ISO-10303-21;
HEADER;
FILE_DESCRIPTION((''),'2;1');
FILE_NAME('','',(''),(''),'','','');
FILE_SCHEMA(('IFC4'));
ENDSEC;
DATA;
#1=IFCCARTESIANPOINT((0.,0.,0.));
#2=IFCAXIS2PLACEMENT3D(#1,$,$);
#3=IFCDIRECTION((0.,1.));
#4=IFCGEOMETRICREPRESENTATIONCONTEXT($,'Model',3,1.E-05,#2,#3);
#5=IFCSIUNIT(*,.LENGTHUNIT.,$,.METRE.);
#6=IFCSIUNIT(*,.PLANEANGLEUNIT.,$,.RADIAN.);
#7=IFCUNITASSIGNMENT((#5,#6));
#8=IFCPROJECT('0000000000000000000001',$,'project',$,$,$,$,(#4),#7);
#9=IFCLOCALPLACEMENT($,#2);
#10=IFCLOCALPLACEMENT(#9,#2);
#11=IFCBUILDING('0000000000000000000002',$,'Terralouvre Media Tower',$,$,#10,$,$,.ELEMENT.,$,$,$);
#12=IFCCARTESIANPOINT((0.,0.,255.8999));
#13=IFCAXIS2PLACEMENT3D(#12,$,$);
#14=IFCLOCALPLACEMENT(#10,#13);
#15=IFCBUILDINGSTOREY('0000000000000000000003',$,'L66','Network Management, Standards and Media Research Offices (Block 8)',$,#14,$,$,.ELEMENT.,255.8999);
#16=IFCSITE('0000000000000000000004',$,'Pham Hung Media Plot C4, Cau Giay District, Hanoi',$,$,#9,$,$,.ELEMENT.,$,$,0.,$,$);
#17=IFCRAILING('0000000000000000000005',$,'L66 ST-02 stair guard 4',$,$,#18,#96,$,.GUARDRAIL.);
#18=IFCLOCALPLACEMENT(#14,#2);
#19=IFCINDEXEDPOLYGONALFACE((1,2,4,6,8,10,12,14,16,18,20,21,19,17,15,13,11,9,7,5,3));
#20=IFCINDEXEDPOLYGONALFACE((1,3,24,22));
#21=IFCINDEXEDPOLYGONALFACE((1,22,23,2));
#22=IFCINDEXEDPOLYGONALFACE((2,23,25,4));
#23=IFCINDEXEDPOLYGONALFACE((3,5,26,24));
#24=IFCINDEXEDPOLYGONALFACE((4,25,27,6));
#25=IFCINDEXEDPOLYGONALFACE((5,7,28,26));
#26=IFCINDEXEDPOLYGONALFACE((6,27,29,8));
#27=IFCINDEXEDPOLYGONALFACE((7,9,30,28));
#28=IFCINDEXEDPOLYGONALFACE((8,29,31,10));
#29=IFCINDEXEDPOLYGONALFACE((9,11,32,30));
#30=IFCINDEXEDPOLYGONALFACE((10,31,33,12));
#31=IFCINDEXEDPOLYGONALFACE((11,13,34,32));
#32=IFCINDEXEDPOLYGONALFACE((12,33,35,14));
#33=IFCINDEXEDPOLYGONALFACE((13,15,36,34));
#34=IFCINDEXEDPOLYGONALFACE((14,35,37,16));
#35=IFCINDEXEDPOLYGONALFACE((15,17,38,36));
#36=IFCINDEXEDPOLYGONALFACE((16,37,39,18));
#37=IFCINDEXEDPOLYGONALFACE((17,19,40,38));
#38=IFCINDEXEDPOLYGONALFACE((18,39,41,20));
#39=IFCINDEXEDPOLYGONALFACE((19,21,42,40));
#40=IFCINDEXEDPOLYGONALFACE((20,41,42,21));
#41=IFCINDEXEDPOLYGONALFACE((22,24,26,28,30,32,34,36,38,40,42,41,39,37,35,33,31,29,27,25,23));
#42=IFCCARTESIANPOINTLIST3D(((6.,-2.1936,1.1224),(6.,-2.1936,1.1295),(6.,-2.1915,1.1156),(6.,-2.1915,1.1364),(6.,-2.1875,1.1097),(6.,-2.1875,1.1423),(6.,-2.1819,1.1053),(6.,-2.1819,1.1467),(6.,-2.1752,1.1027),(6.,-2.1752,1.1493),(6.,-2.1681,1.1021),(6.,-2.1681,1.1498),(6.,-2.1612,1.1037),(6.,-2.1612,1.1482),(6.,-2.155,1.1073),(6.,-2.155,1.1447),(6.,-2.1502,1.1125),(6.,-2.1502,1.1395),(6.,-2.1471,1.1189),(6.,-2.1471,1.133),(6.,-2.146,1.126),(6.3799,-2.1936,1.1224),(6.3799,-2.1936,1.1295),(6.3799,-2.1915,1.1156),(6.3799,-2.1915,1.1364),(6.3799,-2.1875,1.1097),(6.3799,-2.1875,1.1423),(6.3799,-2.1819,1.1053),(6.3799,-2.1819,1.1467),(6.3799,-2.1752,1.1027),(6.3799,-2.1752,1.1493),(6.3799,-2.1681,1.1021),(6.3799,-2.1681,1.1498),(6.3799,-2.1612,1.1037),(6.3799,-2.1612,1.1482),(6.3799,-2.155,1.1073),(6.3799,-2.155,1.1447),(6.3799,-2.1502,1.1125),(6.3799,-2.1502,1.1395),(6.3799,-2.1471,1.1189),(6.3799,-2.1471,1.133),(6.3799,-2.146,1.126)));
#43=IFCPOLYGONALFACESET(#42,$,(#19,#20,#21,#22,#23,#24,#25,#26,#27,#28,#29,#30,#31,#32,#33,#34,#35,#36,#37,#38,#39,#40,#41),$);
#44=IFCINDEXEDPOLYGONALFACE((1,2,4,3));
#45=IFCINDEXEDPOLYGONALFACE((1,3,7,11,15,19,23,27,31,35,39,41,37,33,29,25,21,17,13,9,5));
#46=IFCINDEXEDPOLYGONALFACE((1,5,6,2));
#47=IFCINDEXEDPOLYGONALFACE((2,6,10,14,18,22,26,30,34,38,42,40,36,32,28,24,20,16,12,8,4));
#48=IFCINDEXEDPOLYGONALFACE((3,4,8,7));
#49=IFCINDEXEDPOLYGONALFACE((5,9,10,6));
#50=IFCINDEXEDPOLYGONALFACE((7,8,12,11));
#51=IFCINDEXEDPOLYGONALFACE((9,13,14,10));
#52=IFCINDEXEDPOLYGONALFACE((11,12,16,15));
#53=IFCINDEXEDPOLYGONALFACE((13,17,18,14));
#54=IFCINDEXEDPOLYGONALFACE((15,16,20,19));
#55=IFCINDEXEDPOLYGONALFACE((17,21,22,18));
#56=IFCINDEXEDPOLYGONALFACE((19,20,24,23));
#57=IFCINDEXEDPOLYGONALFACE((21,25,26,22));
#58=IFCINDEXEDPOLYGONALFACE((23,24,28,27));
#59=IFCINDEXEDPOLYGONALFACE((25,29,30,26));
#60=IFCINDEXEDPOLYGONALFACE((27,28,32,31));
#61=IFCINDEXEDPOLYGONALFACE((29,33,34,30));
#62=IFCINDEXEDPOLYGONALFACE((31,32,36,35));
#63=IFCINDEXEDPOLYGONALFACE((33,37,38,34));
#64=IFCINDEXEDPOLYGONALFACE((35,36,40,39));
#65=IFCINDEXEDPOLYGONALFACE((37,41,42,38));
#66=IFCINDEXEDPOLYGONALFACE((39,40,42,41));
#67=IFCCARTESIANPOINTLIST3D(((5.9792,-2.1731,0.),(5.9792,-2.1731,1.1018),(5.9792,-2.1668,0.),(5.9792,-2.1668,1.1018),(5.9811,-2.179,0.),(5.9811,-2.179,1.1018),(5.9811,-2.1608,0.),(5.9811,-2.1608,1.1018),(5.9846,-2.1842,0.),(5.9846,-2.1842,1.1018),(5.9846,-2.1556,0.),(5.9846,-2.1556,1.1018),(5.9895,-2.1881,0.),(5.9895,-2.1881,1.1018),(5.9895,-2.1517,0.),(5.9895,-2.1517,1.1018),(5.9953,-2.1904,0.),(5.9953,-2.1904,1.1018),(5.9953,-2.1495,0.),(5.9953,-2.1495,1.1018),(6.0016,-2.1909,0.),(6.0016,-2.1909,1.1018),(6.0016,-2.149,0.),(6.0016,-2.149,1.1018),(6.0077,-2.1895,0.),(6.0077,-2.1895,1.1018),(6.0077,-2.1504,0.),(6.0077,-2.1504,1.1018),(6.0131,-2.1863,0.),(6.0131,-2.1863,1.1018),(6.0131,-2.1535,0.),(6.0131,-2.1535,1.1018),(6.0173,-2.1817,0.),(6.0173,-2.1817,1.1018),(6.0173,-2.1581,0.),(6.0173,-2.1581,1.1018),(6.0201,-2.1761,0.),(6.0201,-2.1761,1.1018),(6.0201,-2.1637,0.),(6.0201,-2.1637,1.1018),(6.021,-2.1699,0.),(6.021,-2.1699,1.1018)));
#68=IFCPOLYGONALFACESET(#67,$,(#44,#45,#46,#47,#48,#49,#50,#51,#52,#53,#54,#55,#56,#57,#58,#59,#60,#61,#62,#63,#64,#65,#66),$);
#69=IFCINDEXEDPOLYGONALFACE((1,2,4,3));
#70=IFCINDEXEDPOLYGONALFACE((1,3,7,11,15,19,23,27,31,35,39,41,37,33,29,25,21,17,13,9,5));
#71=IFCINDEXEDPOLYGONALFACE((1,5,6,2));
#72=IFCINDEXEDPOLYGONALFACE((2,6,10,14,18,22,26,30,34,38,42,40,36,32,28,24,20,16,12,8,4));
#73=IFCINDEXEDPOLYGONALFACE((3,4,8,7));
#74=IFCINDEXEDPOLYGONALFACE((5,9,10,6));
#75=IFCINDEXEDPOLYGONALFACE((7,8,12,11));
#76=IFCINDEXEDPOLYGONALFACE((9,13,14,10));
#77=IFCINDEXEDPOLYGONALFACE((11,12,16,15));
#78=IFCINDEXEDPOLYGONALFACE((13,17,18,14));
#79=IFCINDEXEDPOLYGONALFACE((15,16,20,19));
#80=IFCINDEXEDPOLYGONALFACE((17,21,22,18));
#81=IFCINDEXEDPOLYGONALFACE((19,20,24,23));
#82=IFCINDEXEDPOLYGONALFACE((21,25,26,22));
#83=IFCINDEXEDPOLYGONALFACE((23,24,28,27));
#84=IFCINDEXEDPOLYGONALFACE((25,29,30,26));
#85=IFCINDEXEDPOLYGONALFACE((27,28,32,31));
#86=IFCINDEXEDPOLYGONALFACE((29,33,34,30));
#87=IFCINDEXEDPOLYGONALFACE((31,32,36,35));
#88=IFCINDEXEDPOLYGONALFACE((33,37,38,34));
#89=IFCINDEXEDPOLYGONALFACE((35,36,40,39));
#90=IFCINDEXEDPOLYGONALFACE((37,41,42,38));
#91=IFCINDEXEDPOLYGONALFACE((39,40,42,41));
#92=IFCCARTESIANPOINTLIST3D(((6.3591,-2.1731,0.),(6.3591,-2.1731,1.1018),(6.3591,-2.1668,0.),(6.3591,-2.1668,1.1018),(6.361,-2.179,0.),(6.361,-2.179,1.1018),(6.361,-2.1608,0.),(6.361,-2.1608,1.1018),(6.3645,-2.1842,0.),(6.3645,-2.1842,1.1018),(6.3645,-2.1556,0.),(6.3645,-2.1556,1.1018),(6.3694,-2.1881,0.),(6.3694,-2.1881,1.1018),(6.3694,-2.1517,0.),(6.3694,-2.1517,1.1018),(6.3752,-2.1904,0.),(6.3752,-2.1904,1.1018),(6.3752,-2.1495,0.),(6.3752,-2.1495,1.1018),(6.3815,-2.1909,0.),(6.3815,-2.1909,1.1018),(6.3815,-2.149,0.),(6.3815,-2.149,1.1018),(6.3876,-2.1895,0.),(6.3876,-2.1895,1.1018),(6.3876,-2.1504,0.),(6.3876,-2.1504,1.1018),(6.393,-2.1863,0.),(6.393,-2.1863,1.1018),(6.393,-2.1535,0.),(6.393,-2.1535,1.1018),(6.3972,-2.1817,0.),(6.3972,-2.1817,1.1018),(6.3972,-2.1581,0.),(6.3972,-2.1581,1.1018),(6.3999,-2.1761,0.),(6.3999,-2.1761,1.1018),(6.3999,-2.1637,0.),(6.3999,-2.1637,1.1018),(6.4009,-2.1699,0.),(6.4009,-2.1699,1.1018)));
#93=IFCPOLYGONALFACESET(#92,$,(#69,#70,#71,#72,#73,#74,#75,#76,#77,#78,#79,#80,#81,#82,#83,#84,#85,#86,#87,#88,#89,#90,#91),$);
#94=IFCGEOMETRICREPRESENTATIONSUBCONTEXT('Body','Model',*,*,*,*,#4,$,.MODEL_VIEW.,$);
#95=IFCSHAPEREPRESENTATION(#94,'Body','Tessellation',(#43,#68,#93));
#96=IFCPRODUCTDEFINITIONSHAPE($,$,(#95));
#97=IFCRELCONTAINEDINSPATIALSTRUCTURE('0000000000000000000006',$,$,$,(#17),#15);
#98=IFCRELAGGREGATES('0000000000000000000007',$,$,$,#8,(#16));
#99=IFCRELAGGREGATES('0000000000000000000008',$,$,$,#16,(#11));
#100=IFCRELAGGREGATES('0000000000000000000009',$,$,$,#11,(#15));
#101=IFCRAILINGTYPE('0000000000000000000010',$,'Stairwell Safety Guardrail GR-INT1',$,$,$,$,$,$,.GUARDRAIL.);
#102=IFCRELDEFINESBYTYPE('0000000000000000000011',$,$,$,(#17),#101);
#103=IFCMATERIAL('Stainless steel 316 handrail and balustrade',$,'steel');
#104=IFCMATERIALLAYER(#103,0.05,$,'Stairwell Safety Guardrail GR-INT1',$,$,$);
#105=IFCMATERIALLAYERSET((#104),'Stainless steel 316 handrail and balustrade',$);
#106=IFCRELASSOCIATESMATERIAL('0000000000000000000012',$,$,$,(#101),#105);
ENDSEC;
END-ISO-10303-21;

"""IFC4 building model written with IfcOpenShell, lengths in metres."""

from ifc_helpers import new_model, si_unit, direction, frame, origin, origin_2d, place, context, subcontext, project, spatial, circle, extrude, material, layer, layer_set, type_object, element, save


model = new_model("IFC4")

# Units and contexts
model_context = context("Model", 3, precision=1e-05, world=origin(), true_north=direction((0.0, 1.0)))
body_context = subcontext(model_context, "Body", "Model", "MODEL_VIEW")
ifc_project = project(units=[si_unit("LENGTHUNIT", "METRE"), si_unit("PLANEANGLEUNIT", "RADIAN")], contexts=[model_context])

# Site, building, storey
site_placement = place(None, origin())
site = spatial("IfcSite", under=ifc_project, at=site_placement, Name="Pham Hung Media Plot C4, Cau Giay District, Hanoi", CompositionType="ELEMENT", RefElevation=0.0)
building_placement = place(site_placement, origin())
building = spatial("IfcBuilding", under=site, at=building_placement, Name="Terralouvre Media Tower", CompositionType="ELEMENT")
storey_placement = place(building_placement, frame((0.0, 0.0, 255.8999)))
storey = spatial("IfcBuildingStorey", under=building, at=storey_placement, Name="L66", Description="Network Management, Standards and Media Research Offices (Block 8)", CompositionType="ELEMENT", Elevation=255.8999)

# Railing
ifc_material_1 = material(Name="Stainless steel 316 handrail and balustrade", Category="steel")
ifc_layer_1 = layer(ifc_material_1, 0.05, Name="Stairwell Safety Guardrail GR-INT1")
ifc_layer_set_1 = layer_set([ifc_layer_1], Name="Stainless steel 316 handrail and balustrade")
railing_type_1 = type_object("IfcRailingType", Name="Stairwell Safety Guardrail GR-INT1", PredefinedType="GUARDRAIL", material=ifc_layer_set_1)
railing_1_placement = place(storey_placement, frame((6.0, -2.1699, 0.0)))
element("IfcRailing", 1, at=railing_1_placement, inside=storey, type_object=railing_type_1, Name="L66 ST-02 stair guard 4", PredefinedType="GUARDRAIL", context=body_context, shape_type="SweptSolid", body=[
    extrude(circle(Radius=0.0239, at=origin_2d()), frame((0.0, 0.0, 1.126), z_axis=(1.0, 0.0, 0.0), x_axis=(0.0, 1.0, 0.0)), (0.0, 0.0, 1.0), 0.3799),
    extrude(circle(Radius=0.021, at=origin_2d()), origin(), (0.0, 0.0, 1.0), 1.1018),
    extrude(circle(Radius=0.021, at=origin_2d()), frame((0.3799, 0.0, 0.0)), (0.0, 0.0, 1.0), 1.1018),
])

save(model, "model.ifc")
